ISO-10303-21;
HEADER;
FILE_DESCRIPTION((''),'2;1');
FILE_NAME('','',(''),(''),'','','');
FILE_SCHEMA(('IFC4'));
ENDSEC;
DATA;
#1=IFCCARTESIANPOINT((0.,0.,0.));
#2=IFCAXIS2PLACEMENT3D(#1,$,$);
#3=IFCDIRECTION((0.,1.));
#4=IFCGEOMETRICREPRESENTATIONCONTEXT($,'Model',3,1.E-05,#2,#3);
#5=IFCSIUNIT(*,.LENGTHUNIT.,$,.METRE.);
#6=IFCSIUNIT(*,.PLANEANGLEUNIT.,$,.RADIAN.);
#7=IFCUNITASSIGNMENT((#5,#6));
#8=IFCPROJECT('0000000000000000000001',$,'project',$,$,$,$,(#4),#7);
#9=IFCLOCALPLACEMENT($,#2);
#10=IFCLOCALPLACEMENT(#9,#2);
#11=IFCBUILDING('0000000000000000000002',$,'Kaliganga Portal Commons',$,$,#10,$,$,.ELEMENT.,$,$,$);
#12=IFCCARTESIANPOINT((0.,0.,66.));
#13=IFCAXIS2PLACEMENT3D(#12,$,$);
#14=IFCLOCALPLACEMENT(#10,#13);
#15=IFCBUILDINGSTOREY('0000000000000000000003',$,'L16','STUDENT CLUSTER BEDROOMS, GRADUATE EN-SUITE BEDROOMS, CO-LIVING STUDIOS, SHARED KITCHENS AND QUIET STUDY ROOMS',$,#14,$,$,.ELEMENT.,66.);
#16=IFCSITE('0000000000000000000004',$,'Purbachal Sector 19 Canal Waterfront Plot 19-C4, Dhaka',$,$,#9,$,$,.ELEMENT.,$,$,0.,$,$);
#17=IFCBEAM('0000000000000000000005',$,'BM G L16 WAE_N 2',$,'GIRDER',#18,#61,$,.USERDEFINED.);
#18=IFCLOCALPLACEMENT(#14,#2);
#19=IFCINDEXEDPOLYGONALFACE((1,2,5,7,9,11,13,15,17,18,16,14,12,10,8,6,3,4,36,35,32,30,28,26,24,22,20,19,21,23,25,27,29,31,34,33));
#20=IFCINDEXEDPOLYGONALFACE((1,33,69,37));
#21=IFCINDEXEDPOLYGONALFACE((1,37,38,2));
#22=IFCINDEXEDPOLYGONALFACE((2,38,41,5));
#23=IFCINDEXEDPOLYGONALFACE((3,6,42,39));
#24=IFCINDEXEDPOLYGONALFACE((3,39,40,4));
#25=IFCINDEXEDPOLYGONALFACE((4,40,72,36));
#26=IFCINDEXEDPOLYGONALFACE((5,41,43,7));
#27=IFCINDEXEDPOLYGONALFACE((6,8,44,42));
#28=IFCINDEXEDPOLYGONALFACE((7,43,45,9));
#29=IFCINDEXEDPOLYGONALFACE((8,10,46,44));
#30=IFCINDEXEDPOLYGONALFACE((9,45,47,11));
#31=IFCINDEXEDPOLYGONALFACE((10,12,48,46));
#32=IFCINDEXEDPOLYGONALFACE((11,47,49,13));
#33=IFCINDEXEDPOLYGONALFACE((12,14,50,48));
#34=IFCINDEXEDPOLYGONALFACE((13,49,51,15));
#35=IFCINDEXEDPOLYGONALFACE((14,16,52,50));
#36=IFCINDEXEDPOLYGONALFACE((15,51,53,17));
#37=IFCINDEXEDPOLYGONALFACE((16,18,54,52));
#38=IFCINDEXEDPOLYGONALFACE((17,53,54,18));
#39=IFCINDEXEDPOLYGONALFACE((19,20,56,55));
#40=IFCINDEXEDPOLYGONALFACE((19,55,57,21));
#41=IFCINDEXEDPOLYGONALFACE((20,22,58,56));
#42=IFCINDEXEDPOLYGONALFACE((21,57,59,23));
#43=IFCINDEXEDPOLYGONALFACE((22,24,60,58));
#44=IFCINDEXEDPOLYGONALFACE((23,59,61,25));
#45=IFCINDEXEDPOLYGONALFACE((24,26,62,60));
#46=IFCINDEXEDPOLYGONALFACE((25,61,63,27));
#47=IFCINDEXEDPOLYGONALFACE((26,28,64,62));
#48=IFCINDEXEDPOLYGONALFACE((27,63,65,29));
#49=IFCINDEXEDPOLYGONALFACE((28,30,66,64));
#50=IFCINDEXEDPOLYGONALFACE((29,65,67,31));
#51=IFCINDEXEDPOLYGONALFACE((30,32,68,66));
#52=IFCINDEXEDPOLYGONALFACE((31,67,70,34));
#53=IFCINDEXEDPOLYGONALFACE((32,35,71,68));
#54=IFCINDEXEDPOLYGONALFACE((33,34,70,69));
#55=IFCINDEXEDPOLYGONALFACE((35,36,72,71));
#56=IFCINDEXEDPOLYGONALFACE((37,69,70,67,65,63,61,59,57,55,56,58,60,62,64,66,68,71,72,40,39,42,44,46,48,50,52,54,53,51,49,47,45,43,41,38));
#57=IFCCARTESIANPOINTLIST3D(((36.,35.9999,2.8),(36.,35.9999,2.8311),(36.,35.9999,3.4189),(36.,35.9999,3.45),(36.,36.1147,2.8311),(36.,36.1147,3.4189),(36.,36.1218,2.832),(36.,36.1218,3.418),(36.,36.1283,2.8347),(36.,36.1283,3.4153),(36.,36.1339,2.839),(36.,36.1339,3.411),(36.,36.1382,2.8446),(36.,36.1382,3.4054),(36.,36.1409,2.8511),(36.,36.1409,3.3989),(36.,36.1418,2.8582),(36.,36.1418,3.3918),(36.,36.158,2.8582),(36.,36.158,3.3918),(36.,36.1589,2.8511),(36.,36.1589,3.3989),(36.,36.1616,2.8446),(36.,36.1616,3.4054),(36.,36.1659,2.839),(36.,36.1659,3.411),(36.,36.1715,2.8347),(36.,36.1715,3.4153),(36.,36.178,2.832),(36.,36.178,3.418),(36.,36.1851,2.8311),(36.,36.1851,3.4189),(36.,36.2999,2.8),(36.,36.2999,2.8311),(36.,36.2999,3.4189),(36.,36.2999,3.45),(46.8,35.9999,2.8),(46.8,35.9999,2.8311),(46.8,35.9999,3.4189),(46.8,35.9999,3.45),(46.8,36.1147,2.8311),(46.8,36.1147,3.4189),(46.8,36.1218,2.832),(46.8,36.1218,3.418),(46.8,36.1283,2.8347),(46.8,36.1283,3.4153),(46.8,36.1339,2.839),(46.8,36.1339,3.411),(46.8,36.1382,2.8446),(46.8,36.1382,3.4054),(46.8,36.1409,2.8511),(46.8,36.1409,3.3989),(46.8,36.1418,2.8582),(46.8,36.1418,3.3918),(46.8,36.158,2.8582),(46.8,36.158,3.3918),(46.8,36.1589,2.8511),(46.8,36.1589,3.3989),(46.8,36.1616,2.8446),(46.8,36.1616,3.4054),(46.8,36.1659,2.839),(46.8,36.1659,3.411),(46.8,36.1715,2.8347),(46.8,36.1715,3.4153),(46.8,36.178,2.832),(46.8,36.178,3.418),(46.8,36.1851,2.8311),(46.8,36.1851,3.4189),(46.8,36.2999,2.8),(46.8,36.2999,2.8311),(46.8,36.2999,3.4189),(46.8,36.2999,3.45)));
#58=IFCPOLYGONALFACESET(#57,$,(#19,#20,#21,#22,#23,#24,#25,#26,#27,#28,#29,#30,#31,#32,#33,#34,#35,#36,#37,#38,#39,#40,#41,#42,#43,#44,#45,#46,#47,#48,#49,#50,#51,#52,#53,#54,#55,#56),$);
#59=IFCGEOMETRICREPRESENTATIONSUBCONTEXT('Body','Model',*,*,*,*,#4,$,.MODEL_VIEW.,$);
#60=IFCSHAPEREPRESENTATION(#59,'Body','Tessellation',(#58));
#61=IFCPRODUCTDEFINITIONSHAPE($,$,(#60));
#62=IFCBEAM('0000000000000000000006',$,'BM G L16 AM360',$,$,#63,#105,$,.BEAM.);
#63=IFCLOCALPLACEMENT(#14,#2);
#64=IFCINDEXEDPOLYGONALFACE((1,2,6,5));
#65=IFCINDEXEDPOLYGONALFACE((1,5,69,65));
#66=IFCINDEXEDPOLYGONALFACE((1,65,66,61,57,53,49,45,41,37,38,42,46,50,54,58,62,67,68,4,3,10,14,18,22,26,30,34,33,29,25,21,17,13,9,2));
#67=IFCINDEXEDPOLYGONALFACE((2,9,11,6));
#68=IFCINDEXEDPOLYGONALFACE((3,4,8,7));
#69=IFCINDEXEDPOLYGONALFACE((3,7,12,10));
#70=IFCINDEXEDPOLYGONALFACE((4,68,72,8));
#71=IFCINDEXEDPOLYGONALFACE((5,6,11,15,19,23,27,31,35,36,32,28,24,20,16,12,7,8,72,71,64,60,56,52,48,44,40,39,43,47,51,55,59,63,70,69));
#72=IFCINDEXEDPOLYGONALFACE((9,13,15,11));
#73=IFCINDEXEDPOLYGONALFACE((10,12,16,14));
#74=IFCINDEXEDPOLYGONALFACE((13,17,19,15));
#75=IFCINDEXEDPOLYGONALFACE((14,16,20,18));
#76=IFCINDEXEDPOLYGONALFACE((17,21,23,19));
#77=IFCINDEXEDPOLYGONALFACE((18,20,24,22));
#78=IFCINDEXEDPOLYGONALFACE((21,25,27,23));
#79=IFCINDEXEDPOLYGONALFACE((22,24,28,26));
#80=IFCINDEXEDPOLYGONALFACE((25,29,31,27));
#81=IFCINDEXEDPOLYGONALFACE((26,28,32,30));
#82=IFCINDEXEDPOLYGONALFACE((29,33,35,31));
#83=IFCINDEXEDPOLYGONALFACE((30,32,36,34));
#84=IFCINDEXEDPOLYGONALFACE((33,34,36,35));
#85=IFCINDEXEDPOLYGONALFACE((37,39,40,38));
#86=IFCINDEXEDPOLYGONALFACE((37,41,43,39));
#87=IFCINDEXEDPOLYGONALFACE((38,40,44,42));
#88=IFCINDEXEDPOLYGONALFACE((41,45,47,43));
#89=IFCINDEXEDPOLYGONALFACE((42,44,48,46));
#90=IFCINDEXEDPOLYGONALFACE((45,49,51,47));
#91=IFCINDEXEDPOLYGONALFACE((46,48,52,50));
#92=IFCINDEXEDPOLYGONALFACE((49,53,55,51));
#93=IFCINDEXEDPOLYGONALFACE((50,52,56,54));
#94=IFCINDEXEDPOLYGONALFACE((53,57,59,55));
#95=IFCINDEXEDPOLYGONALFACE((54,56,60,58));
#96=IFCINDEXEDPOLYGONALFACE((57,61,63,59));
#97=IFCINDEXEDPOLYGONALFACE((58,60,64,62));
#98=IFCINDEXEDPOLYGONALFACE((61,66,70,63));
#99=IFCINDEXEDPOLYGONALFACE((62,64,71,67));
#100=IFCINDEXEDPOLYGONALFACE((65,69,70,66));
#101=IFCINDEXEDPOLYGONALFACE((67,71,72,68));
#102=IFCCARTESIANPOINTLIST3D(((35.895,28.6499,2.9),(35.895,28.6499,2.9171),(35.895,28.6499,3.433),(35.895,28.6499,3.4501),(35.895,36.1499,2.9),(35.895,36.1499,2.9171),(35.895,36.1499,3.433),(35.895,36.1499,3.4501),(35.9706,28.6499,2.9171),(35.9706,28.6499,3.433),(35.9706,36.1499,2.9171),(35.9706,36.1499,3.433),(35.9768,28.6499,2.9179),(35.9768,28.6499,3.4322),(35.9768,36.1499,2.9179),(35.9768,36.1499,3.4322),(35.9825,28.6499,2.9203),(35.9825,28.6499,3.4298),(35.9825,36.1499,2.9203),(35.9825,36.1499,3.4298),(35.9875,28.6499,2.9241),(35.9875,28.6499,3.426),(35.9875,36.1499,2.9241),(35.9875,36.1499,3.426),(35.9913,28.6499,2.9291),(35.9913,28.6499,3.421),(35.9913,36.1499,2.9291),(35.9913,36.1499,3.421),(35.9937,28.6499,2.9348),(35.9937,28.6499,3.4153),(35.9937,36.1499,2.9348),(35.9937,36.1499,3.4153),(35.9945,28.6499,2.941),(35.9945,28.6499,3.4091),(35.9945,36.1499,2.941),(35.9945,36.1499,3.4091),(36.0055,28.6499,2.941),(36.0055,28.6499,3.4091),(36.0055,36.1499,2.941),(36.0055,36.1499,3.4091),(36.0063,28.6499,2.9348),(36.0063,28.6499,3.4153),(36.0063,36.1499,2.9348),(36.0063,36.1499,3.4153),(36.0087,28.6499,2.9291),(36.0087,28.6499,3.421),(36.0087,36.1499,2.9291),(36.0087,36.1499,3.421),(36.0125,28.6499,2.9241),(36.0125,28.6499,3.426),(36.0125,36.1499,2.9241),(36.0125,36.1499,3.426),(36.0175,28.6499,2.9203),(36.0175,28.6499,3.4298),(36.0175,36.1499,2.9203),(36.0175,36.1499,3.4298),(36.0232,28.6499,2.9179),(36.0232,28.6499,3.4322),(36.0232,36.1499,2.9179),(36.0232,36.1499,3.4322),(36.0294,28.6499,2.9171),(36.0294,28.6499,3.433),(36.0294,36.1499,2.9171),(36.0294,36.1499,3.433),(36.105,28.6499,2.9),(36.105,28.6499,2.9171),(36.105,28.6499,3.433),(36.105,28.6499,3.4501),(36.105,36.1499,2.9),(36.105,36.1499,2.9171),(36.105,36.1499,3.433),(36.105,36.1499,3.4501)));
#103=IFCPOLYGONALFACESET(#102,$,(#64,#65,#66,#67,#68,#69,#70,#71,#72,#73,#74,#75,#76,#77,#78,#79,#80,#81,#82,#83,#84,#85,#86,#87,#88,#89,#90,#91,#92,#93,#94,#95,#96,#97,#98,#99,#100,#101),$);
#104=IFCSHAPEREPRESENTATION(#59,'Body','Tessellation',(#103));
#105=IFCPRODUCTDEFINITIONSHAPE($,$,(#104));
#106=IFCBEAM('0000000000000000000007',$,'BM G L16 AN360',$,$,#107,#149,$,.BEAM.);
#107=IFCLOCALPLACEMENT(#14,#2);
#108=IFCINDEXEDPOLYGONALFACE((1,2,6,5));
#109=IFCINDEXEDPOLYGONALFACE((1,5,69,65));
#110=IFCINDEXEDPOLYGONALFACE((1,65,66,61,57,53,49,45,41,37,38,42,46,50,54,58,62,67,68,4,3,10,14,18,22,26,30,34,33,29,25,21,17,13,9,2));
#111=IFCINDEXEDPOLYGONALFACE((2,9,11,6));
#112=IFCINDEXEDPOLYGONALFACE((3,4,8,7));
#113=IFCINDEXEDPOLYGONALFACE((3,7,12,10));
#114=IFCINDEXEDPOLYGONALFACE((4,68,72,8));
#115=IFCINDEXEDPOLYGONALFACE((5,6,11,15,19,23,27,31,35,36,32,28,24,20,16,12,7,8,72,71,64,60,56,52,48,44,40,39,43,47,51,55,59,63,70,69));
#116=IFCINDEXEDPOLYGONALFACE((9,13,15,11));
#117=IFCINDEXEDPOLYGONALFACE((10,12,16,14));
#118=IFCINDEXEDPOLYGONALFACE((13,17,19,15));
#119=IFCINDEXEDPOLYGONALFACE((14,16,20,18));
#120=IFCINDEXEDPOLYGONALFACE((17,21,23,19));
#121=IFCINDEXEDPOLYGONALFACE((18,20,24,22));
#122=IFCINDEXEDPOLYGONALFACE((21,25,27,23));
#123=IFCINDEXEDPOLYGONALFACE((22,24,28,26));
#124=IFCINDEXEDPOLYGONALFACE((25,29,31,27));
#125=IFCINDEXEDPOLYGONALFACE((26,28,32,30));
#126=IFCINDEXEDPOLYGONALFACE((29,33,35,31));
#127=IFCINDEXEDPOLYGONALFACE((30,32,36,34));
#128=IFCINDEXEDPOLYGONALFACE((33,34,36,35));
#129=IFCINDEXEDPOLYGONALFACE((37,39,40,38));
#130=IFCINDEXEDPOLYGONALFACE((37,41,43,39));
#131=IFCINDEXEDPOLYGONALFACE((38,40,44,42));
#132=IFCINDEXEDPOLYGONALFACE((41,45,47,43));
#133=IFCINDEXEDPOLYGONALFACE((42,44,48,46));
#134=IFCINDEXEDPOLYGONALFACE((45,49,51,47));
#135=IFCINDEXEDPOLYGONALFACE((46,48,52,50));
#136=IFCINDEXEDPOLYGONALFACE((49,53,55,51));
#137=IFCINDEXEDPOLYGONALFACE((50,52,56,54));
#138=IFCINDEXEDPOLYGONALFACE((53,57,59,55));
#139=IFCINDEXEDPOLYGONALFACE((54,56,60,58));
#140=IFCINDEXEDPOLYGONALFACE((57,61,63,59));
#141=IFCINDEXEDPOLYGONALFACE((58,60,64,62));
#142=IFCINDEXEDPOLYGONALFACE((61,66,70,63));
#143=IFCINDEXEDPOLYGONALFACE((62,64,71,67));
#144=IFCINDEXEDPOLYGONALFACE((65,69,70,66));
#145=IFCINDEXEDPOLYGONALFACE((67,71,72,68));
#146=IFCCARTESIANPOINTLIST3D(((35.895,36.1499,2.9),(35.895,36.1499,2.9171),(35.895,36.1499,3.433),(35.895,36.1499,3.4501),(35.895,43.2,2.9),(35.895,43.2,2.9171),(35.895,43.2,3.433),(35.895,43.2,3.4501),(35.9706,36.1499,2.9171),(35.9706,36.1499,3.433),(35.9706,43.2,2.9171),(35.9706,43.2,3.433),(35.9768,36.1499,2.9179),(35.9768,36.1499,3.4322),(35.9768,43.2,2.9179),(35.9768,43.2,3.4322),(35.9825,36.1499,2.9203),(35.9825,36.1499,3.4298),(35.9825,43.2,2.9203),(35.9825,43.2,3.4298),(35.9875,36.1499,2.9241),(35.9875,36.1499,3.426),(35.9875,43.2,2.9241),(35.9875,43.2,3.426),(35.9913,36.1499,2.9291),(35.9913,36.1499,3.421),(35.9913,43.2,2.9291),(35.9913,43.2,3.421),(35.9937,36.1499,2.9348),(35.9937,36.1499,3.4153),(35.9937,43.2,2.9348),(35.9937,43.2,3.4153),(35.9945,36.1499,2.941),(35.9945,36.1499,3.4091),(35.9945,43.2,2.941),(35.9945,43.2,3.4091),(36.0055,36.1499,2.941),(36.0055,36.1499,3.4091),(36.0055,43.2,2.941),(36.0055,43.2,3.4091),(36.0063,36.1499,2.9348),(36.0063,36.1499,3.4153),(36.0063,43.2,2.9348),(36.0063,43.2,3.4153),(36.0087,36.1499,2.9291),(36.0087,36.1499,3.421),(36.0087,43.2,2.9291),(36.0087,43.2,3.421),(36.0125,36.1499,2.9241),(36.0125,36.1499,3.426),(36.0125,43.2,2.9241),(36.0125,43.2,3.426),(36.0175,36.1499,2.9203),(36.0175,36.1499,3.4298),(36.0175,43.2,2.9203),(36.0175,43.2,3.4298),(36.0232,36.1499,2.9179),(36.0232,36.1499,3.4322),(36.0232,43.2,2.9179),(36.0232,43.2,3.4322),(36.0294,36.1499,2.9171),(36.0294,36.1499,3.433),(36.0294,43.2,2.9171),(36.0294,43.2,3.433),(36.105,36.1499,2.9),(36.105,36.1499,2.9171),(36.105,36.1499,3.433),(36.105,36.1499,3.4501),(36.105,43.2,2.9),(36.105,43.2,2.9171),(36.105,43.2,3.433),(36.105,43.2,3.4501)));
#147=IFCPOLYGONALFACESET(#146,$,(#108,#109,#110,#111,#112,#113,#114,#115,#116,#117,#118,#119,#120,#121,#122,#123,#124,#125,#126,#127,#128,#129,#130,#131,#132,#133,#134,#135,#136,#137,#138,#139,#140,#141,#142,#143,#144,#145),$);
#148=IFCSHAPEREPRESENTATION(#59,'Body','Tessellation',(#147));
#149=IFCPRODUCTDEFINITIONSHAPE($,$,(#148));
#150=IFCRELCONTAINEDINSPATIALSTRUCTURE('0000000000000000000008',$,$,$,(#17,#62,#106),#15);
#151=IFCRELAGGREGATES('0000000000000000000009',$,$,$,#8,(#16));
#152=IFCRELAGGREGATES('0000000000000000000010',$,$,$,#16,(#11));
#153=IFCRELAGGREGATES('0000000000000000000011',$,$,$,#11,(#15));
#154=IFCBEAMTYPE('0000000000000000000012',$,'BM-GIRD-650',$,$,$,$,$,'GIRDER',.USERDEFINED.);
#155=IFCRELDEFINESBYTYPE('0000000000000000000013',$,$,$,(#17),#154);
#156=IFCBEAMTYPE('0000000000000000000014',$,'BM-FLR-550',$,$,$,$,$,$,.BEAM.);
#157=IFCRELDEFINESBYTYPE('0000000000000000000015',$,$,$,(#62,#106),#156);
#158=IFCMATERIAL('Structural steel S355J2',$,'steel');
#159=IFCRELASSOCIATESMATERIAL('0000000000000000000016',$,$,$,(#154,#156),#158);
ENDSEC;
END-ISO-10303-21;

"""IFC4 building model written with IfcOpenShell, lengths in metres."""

from ifc_helpers import new_model, si_unit, direction, frame, origin, origin_2d, place, context, subcontext, project, spatial, i_section, extrude, source, transform, mapped, material, material_profile, profile_set, type_object, element, save


model = new_model("IFC4")

# Units and contexts
model_context = context("Model", 3, precision=1e-05, world=origin(), true_north=direction((0.0, 1.0)))
body_context = subcontext(model_context, "Body", "Model", "MODEL_VIEW")
ifc_project = project(units=[si_unit("LENGTHUNIT", "METRE"), si_unit("PLANEANGLEUNIT", "RADIAN")], contexts=[model_context])

# Site, building, storey
site_placement = place(None, origin())
site = spatial("IfcSite", under=ifc_project, at=site_placement, Name="Purbachal Sector 19 Canal Waterfront Plot 19-C4, Dhaka", CompositionType="ELEMENT", RefElevation=0.0)
building_placement = place(site_placement, origin())
building = spatial("IfcBuilding", under=site, at=building_placement, Name="Kaliganga Portal Commons", CompositionType="ELEMENT")
storey_placement = place(building_placement, frame((0.0, 0.0, 66.0)))
storey = spatial("IfcBuildingStorey", under=building, at=storey_placement, Name="L16", Description="STUDENT CLUSTER BEDROOMS, GRADUATE EN-SUITE BEDROOMS, CO-LIVING STUDIOS, SHARED KITCHENS AND QUIET STUDY ROOMS", CompositionType="ELEMENT", Elevation=66.0)

# Beams
ifc_material_1 = material(Name="Structural steel S355J2", Category="steel")
ifc_material_profile_1 = material_profile(ifc_material_1, i_section(OverallWidth=0.3, OverallDepth=0.6499, WebThickness=0.0161, FlangeThickness=0.031, FilletRadius=0.0271, at=origin_2d()), Name="HE 650 B")
ifc_profile_set_1 = profile_set([ifc_material_profile_1], Name="Structural steel S355J2 wide-flange")
beam_type_1 = type_object("IfcBeamType", Name="BM-GIRD-650", ElementType="GIRDER", PredefinedType="USERDEFINED", material=ifc_profile_set_1)
shared_shape_1 = source(origin(), body_context, "Body", "SweptSolid", [
    extrude(i_section(OverallWidth=0.3, OverallDepth=0.6499, WebThickness=0.0161, FlangeThickness=0.031, FilletRadius=0.0271, at=origin_2d()), origin(), (0.0, 0.0, 1.0), 10.8),
])
beam_1_placement = place(storey_placement, frame((36.0, 36.1499, 3.125), z_axis=(1.0, 0.0, 0.0), x_axis=(0.0, 1.0, 0.0)))
element("IfcBeam", 1, at=beam_1_placement, inside=storey, type_object=beam_type_1, Name="BM G L16 WAE_N 2", ObjectType="GIRDER", PredefinedType="USERDEFINED", context=body_context, shape_type="MappedRepresentation", body=[
    mapped(shared_shape_1, transform((0.0, 0.0, 0.0), x_axis=(1.0, 0.0, 0.0), y_axis=(0.0, 1.0, 0.0), z_axis=(0.0, 0.0, 1.0), scale=1.0)),
])
ifc_material_profile_2 = material_profile(ifc_material_1, i_section(OverallWidth=0.21, OverallDepth=0.55, WebThickness=0.011, FlangeThickness=0.0171, FilletRadius=0.0239, at=origin_2d()), Name="IPE 550")
ifc_profile_set_2 = profile_set([ifc_material_profile_2], Name="Structural steel S355J2 wide-flange")
beam_type_2 = type_object("IfcBeamType", Name="BM-FLR-550", PredefinedType="BEAM", material=ifc_profile_set_2)
shared_shape_2 = source(origin(), body_context, "Body", "SweptSolid", [
    extrude(i_section(OverallWidth=0.21, OverallDepth=0.55, WebThickness=0.011, FlangeThickness=0.0171, FilletRadius=0.0239, at=origin_2d()), origin(), (0.0, 0.0, 1.0), 7.5),
])
beam_2_placement = place(storey_placement, frame((36.0, 28.6499, 3.175), z_axis=(0.0, 1.0, 0.0), x_axis=(-1.0, 0.0, 0.0)))
element("IfcBeam", 2, at=beam_2_placement, inside=storey, type_object=beam_type_2, Name="BM G L16 AM360", PredefinedType="BEAM", context=body_context, shape_type="MappedRepresentation", body=[
    mapped(shared_shape_2, transform((0.0, 0.0, 0.0), x_axis=(1.0, 0.0, 0.0), y_axis=(0.0, 1.0, 0.0), z_axis=(0.0, 0.0, 1.0), scale=1.0)),
])
shared_shape_3 = source(origin(), body_context, "Body", "SweptSolid", [
    extrude(i_section(OverallWidth=0.21, OverallDepth=0.55, WebThickness=0.011, FlangeThickness=0.0171, FilletRadius=0.0239, at=origin_2d()), origin(), (0.0, 0.0, 1.0), 7.05),
])
beam_3_placement = place(storey_placement, frame((36.0, 36.1499, 3.175), z_axis=(0.0, 1.0, 0.0), x_axis=(-1.0, 0.0, 0.0)))
element("IfcBeam", 3, at=beam_3_placement, inside=storey, type_object=beam_type_2, Name="BM G L16 AN360", PredefinedType="BEAM", context=body_context, shape_type="MappedRepresentation", body=[
    mapped(shared_shape_3, transform((0.0, 0.0, 0.0), x_axis=(1.0, 0.0, 0.0), y_axis=(0.0, 1.0, 0.0), z_axis=(0.0, 0.0, 1.0), scale=1.0)),
])

save(model, "model.ifc")
